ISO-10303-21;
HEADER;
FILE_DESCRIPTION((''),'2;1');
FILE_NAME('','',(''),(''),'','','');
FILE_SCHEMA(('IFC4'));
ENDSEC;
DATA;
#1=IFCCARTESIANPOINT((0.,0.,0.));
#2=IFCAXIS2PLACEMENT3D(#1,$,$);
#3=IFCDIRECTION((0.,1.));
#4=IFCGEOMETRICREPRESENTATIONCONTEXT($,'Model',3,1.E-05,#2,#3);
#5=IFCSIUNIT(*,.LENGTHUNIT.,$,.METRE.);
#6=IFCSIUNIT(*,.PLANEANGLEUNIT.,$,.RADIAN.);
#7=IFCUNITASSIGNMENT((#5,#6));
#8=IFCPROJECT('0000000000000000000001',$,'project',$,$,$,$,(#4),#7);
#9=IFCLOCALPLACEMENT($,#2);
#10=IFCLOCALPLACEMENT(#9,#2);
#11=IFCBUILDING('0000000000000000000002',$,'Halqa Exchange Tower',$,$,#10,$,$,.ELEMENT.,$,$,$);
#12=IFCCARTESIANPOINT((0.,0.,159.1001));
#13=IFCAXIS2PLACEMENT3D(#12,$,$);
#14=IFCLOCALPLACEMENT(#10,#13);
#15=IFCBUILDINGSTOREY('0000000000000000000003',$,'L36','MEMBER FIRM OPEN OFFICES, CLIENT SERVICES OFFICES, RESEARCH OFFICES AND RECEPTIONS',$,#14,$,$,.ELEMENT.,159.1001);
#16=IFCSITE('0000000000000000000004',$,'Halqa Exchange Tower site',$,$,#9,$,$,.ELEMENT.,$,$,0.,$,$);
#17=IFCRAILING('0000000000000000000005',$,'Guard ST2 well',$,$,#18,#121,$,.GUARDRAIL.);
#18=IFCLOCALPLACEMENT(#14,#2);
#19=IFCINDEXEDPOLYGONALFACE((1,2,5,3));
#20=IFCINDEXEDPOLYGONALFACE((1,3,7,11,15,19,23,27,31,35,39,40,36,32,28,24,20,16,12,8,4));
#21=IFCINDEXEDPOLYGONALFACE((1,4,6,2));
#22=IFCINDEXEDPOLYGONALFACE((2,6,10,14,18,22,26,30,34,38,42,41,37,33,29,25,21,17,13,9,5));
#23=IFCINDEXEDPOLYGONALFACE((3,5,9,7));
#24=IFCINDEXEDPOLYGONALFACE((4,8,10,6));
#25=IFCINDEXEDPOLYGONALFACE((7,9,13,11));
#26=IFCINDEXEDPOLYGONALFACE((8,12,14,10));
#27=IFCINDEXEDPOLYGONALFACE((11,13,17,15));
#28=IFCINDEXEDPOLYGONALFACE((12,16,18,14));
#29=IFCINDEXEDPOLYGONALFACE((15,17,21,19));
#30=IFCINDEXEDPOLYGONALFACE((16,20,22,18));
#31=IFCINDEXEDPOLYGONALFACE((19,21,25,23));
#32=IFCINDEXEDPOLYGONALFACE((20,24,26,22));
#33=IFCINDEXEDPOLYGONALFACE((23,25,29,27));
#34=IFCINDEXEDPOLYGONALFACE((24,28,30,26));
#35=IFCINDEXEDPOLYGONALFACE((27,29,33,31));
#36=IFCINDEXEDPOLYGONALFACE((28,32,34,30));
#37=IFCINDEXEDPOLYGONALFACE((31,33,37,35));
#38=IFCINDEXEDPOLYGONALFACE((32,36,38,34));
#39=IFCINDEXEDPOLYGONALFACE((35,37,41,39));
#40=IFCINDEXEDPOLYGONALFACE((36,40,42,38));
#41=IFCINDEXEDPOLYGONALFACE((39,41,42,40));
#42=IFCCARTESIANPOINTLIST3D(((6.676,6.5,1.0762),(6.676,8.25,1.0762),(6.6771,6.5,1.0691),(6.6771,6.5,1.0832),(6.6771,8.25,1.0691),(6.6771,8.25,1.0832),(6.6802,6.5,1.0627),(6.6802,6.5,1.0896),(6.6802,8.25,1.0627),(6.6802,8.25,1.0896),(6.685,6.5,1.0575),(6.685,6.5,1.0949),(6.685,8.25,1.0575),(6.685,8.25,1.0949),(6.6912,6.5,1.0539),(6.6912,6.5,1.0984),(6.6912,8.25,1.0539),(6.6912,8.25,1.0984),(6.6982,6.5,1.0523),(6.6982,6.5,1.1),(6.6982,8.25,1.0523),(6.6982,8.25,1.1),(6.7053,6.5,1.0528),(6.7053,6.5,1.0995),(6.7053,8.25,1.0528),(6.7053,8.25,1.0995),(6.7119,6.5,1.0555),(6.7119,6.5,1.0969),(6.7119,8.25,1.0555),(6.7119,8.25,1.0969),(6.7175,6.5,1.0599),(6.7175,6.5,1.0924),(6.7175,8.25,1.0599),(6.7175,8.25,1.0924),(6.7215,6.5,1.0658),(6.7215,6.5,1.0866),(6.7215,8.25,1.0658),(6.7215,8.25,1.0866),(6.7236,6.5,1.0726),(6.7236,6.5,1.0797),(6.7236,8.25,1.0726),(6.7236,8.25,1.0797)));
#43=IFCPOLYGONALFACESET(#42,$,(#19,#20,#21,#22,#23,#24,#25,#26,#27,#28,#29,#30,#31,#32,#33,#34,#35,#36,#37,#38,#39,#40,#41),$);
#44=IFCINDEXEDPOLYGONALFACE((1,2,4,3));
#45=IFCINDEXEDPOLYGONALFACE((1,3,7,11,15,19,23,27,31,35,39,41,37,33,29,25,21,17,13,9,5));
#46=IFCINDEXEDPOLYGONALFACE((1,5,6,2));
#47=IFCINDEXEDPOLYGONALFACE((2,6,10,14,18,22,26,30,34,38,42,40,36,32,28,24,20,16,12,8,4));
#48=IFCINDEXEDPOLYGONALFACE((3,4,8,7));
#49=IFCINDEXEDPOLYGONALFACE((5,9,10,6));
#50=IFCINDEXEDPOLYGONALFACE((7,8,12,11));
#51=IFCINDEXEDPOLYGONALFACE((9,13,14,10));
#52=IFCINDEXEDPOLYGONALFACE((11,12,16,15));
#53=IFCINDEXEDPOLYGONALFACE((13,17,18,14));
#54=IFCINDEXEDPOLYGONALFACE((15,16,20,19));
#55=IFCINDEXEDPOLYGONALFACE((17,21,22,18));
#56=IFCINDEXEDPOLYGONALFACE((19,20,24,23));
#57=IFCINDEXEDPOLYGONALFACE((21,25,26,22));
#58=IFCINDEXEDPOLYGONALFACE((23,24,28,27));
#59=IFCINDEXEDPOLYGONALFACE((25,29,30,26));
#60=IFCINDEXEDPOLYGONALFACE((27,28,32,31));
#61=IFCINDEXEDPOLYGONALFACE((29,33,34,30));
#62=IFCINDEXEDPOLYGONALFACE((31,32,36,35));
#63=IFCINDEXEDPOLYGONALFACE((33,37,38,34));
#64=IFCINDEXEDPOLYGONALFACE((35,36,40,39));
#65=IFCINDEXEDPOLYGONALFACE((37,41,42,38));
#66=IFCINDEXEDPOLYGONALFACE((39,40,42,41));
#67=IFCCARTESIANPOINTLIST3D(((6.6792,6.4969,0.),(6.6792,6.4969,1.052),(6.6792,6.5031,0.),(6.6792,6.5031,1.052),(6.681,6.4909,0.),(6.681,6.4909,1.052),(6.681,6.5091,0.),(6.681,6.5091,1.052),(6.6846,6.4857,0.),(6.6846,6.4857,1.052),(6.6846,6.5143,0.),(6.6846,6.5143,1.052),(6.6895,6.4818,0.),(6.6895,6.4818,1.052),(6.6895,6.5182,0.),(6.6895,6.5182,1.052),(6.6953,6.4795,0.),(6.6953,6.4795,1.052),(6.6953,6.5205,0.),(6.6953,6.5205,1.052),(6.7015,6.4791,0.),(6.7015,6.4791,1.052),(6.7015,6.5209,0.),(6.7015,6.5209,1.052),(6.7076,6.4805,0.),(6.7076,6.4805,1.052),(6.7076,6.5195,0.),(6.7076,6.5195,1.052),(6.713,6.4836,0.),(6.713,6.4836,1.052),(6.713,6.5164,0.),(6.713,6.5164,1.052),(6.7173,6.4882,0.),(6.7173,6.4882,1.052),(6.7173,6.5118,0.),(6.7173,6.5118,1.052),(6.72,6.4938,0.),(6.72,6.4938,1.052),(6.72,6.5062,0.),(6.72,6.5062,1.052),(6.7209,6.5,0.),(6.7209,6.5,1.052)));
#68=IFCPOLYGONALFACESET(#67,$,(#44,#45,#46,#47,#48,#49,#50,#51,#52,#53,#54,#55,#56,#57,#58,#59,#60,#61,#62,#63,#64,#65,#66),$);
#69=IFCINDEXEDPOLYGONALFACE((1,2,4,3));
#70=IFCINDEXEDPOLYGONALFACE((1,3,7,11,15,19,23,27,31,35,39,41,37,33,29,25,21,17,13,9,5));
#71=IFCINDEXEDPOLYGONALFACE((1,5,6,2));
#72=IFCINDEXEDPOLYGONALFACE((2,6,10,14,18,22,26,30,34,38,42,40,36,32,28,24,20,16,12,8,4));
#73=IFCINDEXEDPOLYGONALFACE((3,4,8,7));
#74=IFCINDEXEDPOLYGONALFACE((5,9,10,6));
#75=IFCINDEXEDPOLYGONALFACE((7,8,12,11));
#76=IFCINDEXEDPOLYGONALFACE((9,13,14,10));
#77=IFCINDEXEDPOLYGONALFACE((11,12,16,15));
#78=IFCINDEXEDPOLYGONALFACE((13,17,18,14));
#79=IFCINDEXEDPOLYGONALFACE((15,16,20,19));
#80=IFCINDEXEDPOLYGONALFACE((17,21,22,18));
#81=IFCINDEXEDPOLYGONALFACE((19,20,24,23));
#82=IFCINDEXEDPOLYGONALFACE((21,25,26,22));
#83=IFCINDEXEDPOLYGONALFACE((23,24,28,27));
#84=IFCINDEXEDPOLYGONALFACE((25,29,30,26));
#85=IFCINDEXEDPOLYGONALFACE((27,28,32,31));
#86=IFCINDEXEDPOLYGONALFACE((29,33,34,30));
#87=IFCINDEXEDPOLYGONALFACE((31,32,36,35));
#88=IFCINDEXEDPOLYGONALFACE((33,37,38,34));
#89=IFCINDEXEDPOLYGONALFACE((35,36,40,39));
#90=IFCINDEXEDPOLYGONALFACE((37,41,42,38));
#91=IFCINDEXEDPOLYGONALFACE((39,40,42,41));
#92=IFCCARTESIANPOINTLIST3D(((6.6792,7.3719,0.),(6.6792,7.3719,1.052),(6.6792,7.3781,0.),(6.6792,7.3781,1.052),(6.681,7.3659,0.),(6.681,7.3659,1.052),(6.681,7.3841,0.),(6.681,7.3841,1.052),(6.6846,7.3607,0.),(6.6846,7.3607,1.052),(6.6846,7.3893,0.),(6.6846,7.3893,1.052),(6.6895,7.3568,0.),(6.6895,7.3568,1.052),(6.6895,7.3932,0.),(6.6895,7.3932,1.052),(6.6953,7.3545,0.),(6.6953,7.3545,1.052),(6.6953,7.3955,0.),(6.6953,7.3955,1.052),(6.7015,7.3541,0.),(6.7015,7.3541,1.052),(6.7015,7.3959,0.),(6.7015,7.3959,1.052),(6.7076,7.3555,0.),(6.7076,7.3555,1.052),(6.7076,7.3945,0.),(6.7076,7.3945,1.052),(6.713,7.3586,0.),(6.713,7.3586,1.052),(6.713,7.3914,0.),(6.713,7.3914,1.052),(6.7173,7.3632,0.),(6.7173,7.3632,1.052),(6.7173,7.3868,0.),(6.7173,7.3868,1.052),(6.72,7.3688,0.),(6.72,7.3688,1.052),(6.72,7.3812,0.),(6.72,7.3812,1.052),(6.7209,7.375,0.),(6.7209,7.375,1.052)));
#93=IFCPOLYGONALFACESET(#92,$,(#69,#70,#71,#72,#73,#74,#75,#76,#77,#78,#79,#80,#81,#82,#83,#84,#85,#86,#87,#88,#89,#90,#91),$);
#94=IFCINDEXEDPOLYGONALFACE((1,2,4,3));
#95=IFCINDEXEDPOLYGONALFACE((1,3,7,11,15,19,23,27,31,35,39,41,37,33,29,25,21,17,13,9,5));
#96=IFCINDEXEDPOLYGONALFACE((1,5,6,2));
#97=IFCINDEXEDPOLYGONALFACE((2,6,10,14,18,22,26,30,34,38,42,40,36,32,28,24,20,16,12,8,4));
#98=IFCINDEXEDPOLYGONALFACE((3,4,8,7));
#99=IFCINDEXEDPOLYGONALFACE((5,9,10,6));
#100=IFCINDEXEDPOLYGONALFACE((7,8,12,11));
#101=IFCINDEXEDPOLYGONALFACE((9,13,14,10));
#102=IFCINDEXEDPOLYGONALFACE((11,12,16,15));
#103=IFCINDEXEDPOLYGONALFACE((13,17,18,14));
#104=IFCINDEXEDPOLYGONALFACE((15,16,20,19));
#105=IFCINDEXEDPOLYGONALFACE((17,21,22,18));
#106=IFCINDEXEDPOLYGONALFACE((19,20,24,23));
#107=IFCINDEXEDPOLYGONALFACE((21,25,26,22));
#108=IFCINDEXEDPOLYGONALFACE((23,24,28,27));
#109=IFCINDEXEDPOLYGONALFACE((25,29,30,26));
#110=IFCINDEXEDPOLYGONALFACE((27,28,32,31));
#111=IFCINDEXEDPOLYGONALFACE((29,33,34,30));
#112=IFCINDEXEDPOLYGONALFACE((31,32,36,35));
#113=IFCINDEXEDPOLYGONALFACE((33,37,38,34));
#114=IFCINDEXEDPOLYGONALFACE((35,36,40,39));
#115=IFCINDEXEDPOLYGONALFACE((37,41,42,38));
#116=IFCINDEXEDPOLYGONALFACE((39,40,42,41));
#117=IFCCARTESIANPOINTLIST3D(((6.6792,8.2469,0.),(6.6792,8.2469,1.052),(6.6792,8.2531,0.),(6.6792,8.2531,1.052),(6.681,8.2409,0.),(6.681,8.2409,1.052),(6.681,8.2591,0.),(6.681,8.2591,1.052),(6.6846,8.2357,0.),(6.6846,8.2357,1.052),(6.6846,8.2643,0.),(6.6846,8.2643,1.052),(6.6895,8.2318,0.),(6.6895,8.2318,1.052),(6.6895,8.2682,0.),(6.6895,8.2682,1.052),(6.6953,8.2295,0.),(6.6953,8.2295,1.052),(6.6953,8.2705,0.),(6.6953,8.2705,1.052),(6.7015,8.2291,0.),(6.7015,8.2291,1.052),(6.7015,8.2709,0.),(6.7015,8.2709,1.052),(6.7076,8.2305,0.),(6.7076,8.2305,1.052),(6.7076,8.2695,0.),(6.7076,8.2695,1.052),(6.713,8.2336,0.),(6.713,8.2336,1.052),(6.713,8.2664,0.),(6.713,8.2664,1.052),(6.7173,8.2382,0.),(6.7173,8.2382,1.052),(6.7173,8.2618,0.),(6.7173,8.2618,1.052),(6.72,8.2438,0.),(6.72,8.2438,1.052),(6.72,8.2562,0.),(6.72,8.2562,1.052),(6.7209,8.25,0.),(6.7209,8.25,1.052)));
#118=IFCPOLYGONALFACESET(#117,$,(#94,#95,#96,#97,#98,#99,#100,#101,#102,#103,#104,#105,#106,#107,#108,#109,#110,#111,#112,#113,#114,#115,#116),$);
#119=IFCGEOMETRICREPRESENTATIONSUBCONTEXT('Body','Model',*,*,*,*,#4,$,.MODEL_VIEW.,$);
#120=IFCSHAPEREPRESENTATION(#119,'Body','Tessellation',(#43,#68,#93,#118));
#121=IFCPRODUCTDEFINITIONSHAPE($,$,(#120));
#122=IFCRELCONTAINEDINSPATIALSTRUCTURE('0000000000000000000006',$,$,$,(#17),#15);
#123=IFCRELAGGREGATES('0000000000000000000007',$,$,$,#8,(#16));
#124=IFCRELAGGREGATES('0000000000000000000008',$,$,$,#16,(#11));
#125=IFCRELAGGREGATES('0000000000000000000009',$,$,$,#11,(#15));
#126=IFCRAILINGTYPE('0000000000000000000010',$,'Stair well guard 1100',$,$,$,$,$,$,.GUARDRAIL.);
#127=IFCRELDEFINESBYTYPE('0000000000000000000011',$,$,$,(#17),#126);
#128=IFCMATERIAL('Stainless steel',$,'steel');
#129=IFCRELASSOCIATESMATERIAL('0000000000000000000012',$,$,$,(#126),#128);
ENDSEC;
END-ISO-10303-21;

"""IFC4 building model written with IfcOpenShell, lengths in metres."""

from ifc_helpers import new_model, si_unit, direction, frame, origin, origin_2d, place, context, subcontext, project, spatial, circle, extrude, material, type_object, element, save


model = new_model("IFC4")

# Units and contexts
model_context = context("Model", 3, precision=1e-05, world=origin(), true_north=direction((0.0, 1.0)))
body_context = subcontext(model_context, "Body", "Model", "MODEL_VIEW")
ifc_project = project(units=[si_unit("LENGTHUNIT", "METRE"), si_unit("PLANEANGLEUNIT", "RADIAN")], contexts=[model_context])

# Site, building, storey
site_placement = place(None, origin())
site = spatial("IfcSite", under=ifc_project, at=site_placement, Name="Halqa Exchange Tower site", CompositionType="ELEMENT", RefElevation=0.0)
building_placement = place(site_placement, origin())
building = spatial("IfcBuilding", under=site, at=building_placement, Name="Halqa Exchange Tower", CompositionType="ELEMENT")
storey_placement = place(building_placement, frame((0.0, 0.0, 159.1001)))
storey = spatial("IfcBuildingStorey", under=building, at=storey_placement, Name="L36", Description="MEMBER FIRM OPEN OFFICES, CLIENT SERVICES OFFICES, RESEARCH OFFICES AND RECEPTIONS", CompositionType="ELEMENT", Elevation=159.1001)

# Railing
ifc_material_1 = material(Name="Stainless steel", Category="steel")
railing_type_1 = type_object("IfcRailingType", Name="Stair well guard 1100", PredefinedType="GUARDRAIL", material=ifc_material_1)
railing_1_placement = place(storey_placement, frame((6.7, 6.5, 0.0)))
element("IfcRailing", 1, at=railing_1_placement, inside=storey, type_object=railing_type_1, Name="Guard ST2 well", PredefinedType="GUARDRAIL", context=body_context, shape_type="SweptSolid", body=[
    extrude(circle(Radius=0.0239, at=origin_2d()), frame((0.0, 0.0, 1.0762), z_axis=(0.0, 1.0, 0.0), x_axis=(-1.0, 0.0, 0.0)), (0.0, 0.0, 1.0), 1.75),
    extrude(circle(Radius=0.021, at=origin_2d()), origin(), (0.0, 0.0, 1.0), 1.052),
    extrude(circle(Radius=0.021, at=origin_2d()), frame((0.0, 0.875, 0.0)), (0.0, 0.0, 1.0), 1.052),
    extrude(circle(Radius=0.021, at=origin_2d()), frame((0.0, 1.75, 0.0)), (0.0, 0.0, 1.0), 1.052),
])

save(model, "model.ifc")
